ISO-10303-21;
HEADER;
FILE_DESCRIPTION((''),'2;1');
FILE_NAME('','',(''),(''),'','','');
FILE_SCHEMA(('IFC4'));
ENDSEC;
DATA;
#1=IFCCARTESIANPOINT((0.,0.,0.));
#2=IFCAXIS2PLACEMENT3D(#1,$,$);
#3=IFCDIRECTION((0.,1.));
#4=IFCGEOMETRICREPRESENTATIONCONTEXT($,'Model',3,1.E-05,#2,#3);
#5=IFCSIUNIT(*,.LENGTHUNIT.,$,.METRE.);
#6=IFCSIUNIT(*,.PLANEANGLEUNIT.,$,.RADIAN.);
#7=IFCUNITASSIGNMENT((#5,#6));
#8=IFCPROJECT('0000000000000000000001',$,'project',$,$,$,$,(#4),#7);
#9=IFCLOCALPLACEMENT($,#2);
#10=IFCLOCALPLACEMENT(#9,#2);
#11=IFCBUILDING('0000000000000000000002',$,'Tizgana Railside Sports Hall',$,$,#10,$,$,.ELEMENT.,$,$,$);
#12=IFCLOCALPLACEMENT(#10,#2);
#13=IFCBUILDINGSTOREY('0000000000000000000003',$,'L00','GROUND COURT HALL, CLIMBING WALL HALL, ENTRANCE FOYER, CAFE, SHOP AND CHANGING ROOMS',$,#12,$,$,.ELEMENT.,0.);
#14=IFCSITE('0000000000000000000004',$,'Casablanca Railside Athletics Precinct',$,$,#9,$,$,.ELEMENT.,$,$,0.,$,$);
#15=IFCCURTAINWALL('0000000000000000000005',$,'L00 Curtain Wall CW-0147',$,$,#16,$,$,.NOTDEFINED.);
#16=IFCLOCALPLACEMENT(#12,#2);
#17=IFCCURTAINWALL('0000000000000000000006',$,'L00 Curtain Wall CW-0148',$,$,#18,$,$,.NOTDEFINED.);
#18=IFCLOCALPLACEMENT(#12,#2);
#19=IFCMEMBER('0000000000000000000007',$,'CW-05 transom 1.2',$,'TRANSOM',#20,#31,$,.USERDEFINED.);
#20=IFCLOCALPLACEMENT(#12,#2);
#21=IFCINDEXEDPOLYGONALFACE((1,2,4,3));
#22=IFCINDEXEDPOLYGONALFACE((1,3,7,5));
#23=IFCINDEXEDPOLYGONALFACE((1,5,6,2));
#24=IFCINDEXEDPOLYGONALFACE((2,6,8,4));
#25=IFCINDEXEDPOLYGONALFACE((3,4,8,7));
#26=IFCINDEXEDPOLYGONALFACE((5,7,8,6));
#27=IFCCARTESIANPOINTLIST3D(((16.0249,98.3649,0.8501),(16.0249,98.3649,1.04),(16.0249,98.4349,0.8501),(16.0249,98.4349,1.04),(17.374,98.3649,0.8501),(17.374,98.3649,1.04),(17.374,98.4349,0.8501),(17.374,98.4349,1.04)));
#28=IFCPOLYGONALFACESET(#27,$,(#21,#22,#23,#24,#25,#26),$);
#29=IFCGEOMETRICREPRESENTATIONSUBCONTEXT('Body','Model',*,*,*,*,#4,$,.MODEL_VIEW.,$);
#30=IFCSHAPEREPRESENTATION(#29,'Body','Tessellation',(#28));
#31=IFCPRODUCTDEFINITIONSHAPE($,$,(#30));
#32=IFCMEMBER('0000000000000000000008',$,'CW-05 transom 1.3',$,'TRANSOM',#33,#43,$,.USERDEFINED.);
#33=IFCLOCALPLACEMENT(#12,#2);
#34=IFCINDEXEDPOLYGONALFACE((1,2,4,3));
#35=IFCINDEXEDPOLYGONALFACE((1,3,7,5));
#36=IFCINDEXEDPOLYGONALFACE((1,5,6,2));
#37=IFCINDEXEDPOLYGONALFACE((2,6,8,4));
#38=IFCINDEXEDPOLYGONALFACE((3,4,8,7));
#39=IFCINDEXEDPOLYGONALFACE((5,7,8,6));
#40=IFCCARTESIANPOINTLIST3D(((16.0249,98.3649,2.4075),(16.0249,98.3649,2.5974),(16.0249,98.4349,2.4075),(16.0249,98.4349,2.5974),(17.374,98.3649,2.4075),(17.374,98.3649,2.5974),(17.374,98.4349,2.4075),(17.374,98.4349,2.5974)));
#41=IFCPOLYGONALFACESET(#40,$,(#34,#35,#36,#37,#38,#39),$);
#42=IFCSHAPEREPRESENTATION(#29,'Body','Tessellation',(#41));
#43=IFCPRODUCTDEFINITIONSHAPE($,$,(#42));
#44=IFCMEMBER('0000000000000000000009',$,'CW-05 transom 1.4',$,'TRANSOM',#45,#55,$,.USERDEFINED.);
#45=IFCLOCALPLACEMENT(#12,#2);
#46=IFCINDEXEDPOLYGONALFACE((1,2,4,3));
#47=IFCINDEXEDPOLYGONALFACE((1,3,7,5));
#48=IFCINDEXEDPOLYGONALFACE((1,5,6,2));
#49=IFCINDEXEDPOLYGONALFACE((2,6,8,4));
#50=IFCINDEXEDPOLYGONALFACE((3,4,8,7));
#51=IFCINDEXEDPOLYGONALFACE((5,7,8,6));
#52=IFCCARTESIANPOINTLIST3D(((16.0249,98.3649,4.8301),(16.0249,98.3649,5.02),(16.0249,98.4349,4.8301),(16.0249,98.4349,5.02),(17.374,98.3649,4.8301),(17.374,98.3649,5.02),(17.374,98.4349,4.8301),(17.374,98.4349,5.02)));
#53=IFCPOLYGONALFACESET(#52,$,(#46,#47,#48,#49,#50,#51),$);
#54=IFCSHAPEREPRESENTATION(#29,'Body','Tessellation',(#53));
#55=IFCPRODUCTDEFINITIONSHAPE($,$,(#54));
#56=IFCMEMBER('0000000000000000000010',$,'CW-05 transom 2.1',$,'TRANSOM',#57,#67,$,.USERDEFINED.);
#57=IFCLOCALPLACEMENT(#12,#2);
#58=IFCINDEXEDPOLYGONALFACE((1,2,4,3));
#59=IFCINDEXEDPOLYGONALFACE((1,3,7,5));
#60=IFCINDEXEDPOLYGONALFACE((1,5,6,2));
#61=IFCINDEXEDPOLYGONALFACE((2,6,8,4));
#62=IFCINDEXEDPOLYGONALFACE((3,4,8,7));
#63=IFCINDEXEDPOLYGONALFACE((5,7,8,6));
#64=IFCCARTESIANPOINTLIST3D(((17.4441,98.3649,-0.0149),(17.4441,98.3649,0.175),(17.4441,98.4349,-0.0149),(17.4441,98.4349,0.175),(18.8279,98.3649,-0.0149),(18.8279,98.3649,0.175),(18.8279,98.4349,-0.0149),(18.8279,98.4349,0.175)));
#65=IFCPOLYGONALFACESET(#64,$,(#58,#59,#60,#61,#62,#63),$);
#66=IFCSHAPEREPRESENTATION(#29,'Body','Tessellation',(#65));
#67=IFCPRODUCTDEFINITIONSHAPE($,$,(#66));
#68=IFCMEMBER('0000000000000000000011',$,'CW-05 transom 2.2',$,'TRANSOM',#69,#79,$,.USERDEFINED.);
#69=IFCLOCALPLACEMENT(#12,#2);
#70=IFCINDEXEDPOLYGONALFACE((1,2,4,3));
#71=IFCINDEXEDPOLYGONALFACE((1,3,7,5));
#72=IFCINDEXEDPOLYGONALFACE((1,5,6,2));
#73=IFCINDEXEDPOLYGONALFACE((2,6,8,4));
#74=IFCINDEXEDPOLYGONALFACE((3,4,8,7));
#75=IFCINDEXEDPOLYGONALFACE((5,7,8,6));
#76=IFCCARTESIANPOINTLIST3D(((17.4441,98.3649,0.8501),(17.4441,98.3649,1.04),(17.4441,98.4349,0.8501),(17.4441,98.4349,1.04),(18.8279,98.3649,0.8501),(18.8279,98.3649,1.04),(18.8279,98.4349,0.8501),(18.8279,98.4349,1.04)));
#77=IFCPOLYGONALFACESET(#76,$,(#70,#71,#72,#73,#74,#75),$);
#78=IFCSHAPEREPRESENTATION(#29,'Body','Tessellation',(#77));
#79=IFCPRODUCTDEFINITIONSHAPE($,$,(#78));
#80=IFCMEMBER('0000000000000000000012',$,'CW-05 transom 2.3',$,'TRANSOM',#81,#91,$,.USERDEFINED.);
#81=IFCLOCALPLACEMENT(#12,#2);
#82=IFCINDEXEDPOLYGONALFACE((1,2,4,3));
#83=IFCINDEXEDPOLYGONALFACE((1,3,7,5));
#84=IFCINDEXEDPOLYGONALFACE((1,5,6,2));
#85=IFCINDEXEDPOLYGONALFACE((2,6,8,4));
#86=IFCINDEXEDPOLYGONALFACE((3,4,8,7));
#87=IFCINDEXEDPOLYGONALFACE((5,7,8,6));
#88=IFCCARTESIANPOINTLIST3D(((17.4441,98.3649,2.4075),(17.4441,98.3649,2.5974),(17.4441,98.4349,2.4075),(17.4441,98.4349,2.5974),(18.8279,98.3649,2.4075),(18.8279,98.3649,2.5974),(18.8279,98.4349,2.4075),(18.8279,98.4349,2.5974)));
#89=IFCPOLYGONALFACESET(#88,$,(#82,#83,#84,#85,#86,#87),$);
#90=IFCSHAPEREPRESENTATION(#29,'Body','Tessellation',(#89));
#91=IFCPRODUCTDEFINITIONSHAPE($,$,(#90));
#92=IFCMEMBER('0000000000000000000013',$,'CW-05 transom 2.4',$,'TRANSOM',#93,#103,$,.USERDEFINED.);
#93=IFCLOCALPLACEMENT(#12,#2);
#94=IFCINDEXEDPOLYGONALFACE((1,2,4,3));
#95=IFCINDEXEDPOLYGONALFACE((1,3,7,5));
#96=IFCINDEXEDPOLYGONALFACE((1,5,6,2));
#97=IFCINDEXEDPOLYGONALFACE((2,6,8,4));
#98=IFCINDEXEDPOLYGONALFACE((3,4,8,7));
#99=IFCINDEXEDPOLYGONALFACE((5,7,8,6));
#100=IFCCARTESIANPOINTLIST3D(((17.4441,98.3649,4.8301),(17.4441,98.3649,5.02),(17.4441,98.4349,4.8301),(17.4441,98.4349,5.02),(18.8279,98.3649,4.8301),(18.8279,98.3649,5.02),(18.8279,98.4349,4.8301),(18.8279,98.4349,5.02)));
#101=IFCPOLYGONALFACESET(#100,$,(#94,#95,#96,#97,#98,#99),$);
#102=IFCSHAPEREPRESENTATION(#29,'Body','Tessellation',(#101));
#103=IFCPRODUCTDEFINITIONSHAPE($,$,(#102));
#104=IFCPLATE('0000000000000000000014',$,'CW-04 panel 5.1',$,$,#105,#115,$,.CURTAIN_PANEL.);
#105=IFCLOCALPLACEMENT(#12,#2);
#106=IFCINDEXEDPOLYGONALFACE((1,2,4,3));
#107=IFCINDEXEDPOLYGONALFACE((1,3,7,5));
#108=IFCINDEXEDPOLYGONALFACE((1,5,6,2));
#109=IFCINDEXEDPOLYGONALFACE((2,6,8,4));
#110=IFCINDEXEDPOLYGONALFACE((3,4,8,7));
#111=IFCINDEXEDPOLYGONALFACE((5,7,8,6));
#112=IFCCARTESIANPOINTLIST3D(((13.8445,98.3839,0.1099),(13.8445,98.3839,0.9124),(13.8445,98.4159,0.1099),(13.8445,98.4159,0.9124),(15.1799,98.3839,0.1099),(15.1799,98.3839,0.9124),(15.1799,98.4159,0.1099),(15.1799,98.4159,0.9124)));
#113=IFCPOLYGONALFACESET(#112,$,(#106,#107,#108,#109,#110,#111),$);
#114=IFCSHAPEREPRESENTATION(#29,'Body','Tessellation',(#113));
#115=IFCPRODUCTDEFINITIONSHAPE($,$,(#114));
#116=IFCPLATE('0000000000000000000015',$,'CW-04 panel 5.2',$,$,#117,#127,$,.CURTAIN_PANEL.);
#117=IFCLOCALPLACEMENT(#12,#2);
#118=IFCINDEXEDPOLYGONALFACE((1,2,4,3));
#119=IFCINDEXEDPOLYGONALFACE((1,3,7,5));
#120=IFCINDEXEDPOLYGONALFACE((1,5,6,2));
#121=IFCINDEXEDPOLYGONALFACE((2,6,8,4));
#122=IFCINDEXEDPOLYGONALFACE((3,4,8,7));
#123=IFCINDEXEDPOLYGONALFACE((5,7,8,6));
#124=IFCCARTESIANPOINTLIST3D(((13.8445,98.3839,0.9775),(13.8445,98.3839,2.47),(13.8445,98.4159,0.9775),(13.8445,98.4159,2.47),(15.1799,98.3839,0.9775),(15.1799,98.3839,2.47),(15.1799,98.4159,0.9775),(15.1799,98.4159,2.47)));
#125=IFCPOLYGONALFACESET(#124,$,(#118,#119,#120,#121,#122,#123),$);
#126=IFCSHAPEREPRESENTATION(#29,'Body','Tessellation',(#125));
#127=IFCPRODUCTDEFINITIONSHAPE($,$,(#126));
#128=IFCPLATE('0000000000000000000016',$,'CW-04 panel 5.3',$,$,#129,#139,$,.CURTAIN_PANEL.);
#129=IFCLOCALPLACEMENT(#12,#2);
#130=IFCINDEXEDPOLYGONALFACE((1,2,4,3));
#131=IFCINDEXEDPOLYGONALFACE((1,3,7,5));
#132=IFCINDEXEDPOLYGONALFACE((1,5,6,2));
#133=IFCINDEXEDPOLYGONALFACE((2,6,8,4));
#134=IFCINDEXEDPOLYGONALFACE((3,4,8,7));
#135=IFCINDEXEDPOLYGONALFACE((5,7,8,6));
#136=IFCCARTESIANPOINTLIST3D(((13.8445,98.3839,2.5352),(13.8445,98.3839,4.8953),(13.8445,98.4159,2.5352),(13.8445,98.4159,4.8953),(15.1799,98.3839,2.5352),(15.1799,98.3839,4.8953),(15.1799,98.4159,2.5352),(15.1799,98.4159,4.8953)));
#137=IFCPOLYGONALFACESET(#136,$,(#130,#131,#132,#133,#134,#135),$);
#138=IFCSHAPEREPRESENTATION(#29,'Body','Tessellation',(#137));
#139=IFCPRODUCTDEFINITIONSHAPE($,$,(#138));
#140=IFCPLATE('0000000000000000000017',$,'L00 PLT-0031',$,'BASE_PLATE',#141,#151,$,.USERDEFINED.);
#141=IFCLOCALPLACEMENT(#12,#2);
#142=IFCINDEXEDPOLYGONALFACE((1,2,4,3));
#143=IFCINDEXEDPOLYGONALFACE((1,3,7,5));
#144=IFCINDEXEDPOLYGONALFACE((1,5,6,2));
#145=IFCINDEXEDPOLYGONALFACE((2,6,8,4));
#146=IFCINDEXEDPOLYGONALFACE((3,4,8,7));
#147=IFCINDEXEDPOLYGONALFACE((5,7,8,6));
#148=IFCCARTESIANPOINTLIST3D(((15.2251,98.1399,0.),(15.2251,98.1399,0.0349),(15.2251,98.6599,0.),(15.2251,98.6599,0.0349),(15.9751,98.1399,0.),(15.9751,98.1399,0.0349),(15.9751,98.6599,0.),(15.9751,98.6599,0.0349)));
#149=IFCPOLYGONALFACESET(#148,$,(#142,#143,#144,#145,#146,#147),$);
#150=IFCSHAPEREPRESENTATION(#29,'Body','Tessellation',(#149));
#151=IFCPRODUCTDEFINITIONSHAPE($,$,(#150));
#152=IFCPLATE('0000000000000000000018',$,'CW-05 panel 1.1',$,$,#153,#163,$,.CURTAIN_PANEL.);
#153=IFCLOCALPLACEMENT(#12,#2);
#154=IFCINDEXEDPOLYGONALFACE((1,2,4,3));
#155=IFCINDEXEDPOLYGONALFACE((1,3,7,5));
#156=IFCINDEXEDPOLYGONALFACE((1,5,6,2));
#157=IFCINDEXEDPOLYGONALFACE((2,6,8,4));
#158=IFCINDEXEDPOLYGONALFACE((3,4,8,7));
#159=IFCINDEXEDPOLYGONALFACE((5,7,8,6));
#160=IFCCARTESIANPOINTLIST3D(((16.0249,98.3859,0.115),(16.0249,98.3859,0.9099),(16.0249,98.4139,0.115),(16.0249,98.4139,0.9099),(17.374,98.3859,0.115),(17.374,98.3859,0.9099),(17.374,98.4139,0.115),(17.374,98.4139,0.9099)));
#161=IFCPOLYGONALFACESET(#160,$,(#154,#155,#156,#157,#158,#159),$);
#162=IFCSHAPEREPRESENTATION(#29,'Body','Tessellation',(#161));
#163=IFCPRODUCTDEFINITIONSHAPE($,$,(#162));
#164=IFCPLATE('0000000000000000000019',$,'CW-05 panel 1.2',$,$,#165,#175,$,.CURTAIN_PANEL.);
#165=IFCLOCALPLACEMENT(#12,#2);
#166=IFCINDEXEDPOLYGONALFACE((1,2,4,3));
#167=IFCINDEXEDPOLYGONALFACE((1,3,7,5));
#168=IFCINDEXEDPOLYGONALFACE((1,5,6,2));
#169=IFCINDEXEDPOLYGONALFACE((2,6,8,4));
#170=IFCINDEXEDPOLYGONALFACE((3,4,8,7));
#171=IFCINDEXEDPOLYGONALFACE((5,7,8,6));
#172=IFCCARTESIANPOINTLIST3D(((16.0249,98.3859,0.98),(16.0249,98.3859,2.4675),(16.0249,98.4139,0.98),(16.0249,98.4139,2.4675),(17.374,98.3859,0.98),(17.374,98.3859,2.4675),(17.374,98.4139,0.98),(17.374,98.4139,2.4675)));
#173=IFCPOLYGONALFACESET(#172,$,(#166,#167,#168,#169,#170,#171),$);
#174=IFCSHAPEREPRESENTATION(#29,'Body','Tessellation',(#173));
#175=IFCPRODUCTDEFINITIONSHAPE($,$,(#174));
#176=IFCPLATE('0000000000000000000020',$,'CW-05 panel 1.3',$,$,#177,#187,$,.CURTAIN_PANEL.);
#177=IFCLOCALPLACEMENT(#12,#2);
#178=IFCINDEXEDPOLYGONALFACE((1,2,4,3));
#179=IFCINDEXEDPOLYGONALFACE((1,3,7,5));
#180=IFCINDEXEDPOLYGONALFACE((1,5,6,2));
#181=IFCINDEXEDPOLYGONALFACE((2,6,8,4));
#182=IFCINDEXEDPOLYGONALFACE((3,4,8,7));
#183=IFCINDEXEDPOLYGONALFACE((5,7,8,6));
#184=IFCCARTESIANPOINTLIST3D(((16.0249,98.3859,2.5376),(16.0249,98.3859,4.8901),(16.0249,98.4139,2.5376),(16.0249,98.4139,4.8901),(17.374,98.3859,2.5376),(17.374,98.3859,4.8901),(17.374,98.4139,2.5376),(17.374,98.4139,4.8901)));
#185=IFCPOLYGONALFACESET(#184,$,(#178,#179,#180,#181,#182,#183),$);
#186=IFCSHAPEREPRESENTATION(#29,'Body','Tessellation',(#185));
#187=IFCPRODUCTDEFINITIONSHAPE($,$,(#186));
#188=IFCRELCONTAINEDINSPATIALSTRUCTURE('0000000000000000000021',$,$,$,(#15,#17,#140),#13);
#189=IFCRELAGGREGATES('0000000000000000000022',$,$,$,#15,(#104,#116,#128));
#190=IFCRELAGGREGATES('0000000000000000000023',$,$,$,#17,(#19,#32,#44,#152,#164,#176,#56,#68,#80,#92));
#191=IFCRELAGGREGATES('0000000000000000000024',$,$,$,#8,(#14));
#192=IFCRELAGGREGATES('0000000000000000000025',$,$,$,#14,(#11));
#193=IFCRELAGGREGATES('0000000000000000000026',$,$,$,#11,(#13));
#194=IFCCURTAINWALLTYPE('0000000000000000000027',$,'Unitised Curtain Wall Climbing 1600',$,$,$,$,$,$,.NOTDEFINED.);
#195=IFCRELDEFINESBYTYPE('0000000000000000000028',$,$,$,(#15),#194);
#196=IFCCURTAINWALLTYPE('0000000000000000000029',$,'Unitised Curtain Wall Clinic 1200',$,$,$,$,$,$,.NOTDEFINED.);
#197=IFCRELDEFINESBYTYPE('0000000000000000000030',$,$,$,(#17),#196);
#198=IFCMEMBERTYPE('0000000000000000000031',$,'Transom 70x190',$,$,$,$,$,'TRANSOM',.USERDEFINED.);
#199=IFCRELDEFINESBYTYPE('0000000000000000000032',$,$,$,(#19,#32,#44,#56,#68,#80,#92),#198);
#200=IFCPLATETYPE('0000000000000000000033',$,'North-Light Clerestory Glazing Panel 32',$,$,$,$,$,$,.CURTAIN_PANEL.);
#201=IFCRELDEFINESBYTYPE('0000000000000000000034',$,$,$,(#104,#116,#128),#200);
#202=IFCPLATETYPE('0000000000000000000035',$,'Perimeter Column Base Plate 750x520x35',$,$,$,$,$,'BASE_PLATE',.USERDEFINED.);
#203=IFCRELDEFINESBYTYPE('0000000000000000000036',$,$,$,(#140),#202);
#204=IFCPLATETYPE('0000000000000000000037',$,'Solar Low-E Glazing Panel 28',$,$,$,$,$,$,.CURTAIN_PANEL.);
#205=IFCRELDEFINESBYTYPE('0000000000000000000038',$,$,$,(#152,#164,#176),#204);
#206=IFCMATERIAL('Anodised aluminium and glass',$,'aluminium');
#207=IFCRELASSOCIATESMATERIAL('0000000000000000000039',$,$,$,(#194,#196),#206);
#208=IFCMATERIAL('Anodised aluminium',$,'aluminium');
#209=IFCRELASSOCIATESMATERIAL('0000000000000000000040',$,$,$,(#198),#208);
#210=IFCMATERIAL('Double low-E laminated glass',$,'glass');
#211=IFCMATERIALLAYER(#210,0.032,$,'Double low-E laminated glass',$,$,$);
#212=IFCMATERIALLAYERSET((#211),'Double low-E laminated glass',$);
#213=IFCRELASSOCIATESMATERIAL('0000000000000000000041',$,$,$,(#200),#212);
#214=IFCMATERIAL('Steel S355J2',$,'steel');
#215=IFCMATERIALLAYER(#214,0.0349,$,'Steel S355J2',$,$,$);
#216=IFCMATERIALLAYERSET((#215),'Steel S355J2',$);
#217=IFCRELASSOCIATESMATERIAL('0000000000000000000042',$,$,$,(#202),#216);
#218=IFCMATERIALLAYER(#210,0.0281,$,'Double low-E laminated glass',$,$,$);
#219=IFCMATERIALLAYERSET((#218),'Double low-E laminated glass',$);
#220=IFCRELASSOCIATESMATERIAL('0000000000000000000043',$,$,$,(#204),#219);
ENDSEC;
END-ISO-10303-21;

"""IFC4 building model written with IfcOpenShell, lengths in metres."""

from ifc_helpers import new_model, si_unit, direction, frame, origin, origin_2d, place, context, subcontext, project, spatial, rectangle, extrude, material, layer, layer_set, material_profile, profile_set, type_object, element, aggregate, save


model = new_model("IFC4")

# Units and contexts
model_context = context("Model", 3, precision=1e-05, world=origin(), true_north=direction((0.0, 1.0)))
body_context = subcontext(model_context, "Body", "Model", "MODEL_VIEW")
ifc_project = project(units=[si_unit("LENGTHUNIT", "METRE"), si_unit("PLANEANGLEUNIT", "RADIAN")], contexts=[model_context])

# Site, building, storey
site_placement = place(None, origin())
site = spatial("IfcSite", under=ifc_project, at=site_placement, Name="Casablanca Railside Athletics Precinct", CompositionType="ELEMENT", RefElevation=0.0)
building_placement = place(site_placement, origin())
building = spatial("IfcBuilding", under=site, at=building_placement, Name="Tizgana Railside Sports Hall", CompositionType="ELEMENT")
storey_placement = place(building_placement, origin())
storey = spatial("IfcBuildingStorey", under=building, at=storey_placement, Name="L00", Description="GROUND COURT HALL, CLIMBING WALL HALL, ENTRANCE FOYER, CAFE, SHOP AND CHANGING ROOMS", CompositionType="ELEMENT", Elevation=0.0)

# Curtain walls
ifc_material_1 = material(Name="Anodised aluminium and glass", Category="aluminium")
curtain_wall_type_1 = type_object("IfcCurtainWallType", Name="Unitised Curtain Wall Climbing 1600", PredefinedType="NOTDEFINED", material=ifc_material_1)
curtain_wall_1_placement = place(storey_placement, origin())
curtain_wall_1 = element("IfcCurtainWall", 1, at=curtain_wall_1_placement, inside=storey, type_object=curtain_wall_type_1, Name="L00 Curtain Wall CW-0147", PredefinedType="NOTDEFINED")
ifc_material_2 = material(Name="Anodised aluminium", Category="aluminium")
curtain_wall_type_2 = type_object("IfcCurtainWallType", Name="Unitised Curtain Wall Clinic 1200", PredefinedType="NOTDEFINED", material=ifc_material_1)
curtain_wall_2_placement = place(storey_placement, origin())
curtain_wall_2 = element("IfcCurtainWall", 2, at=curtain_wall_2_placement, inside=storey, type_object=curtain_wall_type_2, Name="L00 Curtain Wall CW-0148", PredefinedType="NOTDEFINED")

# Shared definitions
ifc_material_3 = material(Name="Steel S355J2", Category="steel")

# Members
ifc_material_profile_1 = material_profile(ifc_material_2, rectangle(XDim=0.0701, YDim=0.1899, at=origin_2d()), Name="Transom 70x190")
ifc_profile_set_1 = profile_set([ifc_material_profile_1], Name="Anodised aluminium")
member_type_1 = type_object("IfcMemberType", Name="Transom 70x190", ElementType="TRANSOM", PredefinedType="USERDEFINED", material=ifc_profile_set_1)
member_1_placement = place(storey_placement, frame((16.0249, 98.3999, 0.9451), z_axis=(1.0, 0.0, 0.0), x_axis=(0.0, 1.0, 0.0)))
member_1 = element("IfcMember", 3, at=member_1_placement, type_object=member_type_1, Name="CW-05 transom 1.2", ObjectType="TRANSOM", PredefinedType="USERDEFINED", context=body_context, shape_type="SweptSolid", body=[
    extrude(rectangle(XDim=0.0701, YDim=0.1899, at=origin_2d()), origin(), (0.0, 0.0, 1.0), 1.3491),
])
member_2_placement = place(storey_placement, frame((16.0249, 98.3999, 2.5024), z_axis=(1.0, 0.0, 0.0), x_axis=(0.0, 1.0, 0.0)))
member_2 = element("IfcMember", 4, at=member_2_placement, type_object=member_type_1, Name="CW-05 transom 1.3", ObjectType="TRANSOM", PredefinedType="USERDEFINED", context=body_context, shape_type="SweptSolid", body=[
    extrude(rectangle(XDim=0.0701, YDim=0.1899, at=origin_2d()), origin(), (0.0, 0.0, 1.0), 1.3491),
])
member_3_placement = place(storey_placement, frame((16.0249, 98.3999, 4.925), z_axis=(1.0, 0.0, 0.0), x_axis=(0.0, 1.0, 0.0)))
member_3 = element("IfcMember", 5, at=member_3_placement, type_object=member_type_1, Name="CW-05 transom 1.4", ObjectType="TRANSOM", PredefinedType="USERDEFINED", context=body_context, shape_type="SweptSolid", body=[
    extrude(rectangle(XDim=0.0701, YDim=0.1899, at=origin_2d()), origin(), (0.0, 0.0, 1.0), 1.3491),
])
member_4_placement = place(storey_placement, frame((17.4441, 98.3999, 0.0801), z_axis=(1.0, 0.0, 0.0), x_axis=(0.0, 1.0, 0.0)))
member_4 = element("IfcMember", 6, at=member_4_placement, type_object=member_type_1, Name="CW-05 transom 2.1", ObjectType="TRANSOM", PredefinedType="USERDEFINED", context=body_context, shape_type="SweptSolid", body=[
    extrude(rectangle(XDim=0.0701, YDim=0.1899, at=origin_2d()), origin(), (0.0, 0.0, 1.0), 1.3838),
])
member_5_placement = place(storey_placement, frame((17.4441, 98.3999, 0.9451), z_axis=(1.0, 0.0, 0.0), x_axis=(0.0, 1.0, 0.0)))
member_5 = element("IfcMember", 7, at=member_5_placement, type_object=member_type_1, Name="CW-05 transom 2.2", ObjectType="TRANSOM", PredefinedType="USERDEFINED", context=body_context, shape_type="SweptSolid", body=[
    extrude(rectangle(XDim=0.0701, YDim=0.1899, at=origin_2d()), origin(), (0.0, 0.0, 1.0), 1.3838),
])
member_6_placement = place(storey_placement, frame((17.4441, 98.3999, 2.5024), z_axis=(1.0, 0.0, 0.0), x_axis=(0.0, 1.0, 0.0)))
member_6 = element("IfcMember", 8, at=member_6_placement, type_object=member_type_1, Name="CW-05 transom 2.3", ObjectType="TRANSOM", PredefinedType="USERDEFINED", context=body_context, shape_type="SweptSolid", body=[
    extrude(rectangle(XDim=0.0701, YDim=0.1899, at=origin_2d()), origin(), (0.0, 0.0, 1.0), 1.3838),
])
member_7_placement = place(storey_placement, frame((17.4441, 98.3999, 4.925), z_axis=(1.0, 0.0, 0.0), x_axis=(0.0, 1.0, 0.0)))
member_7 = element("IfcMember", 9, at=member_7_placement, type_object=member_type_1, Name="CW-05 transom 2.4", ObjectType="TRANSOM", PredefinedType="USERDEFINED", context=body_context, shape_type="SweptSolid", body=[
    extrude(rectangle(XDim=0.0701, YDim=0.1899, at=origin_2d()), origin(), (0.0, 0.0, 1.0), 1.3838),
])

# Plates
ifc_material_4 = material(Name="Double low-E laminated glass", Category="glass")
ifc_layer_1 = layer(ifc_material_4, 0.032, Name="Double low-E laminated glass")
ifc_layer_set_1 = layer_set([ifc_layer_1], Name="Double low-E laminated glass")
plate_type_1 = type_object("IfcPlateType", Name="North-Light Clerestory Glazing Panel 32", PredefinedType="CURTAIN_PANEL", material=ifc_layer_set_1)
plate_1_placement = place(storey_placement, frame((14.5122, 98.3999, 0.1099), z_axis=(0.0, 0.0, 1.0), x_axis=(1.0, 0.0, 0.0)))
plate_1 = element("IfcPlate", 10, at=plate_1_placement, type_object=plate_type_1, Name="CW-04 panel 5.1", PredefinedType="CURTAIN_PANEL", context=body_context, shape_type="SweptSolid", body=[
    extrude(rectangle(XDim=1.3354, YDim=0.032, at=origin_2d()), origin(), (0.0, 0.0, 1.0), 0.8025),
])
plate_2_placement = place(storey_placement, frame((14.5122, 98.3999, 0.9775), z_axis=(0.0, 0.0, 1.0), x_axis=(1.0, 0.0, 0.0)))
plate_2 = element("IfcPlate", 11, at=plate_2_placement, type_object=plate_type_1, Name="CW-04 panel 5.2", PredefinedType="CURTAIN_PANEL", context=body_context, shape_type="SweptSolid", body=[
    extrude(rectangle(XDim=1.3354, YDim=0.032, at=origin_2d()), origin(), (0.0, 0.0, 1.0), 1.4924),
])
plate_3_placement = place(storey_placement, frame((14.5122, 98.3999, 2.5352), z_axis=(0.0, 0.0, 1.0), x_axis=(1.0, 0.0, 0.0)))
plate_3 = element("IfcPlate", 12, at=plate_3_placement, type_object=plate_type_1, Name="CW-04 panel 5.3", PredefinedType="CURTAIN_PANEL", context=body_context, shape_type="SweptSolid", body=[
    extrude(rectangle(XDim=1.3354, YDim=0.032, at=origin_2d()), origin(), (0.0, 0.0, 1.0), 2.3601),
])
aggregate(curtain_wall_1, [plate_1, plate_2, plate_3])
ifc_layer_2 = layer(ifc_material_3, 0.0349, Name="Steel S355J2")
ifc_layer_set_2 = layer_set([ifc_layer_2], Name="Steel S355J2")
plate_type_2 = type_object("IfcPlateType", Name="Perimeter Column Base Plate 750x520x35", ElementType="BASE_PLATE", PredefinedType="USERDEFINED", material=ifc_layer_set_2)
plate_4_placement = place(storey_placement, frame((15.6001, 98.3999, 0.0), z_axis=(0.0, 0.0, 1.0), x_axis=(1.0, 0.0, 0.0)))
element("IfcPlate", 13, at=plate_4_placement, inside=storey, type_object=plate_type_2, Name="L00 PLT-0031", ObjectType="BASE_PLATE", PredefinedType="USERDEFINED", context=body_context, shape_type="SweptSolid", body=[
    extrude(rectangle(XDim=0.75, YDim=0.52, at=origin_2d()), origin(), (0.0, 0.0, 1.0), 0.0349),
])
ifc_layer_3 = layer(ifc_material_4, 0.0281, Name="Double low-E laminated glass")
ifc_layer_set_3 = layer_set([ifc_layer_3], Name="Double low-E laminated glass")
plate_type_3 = type_object("IfcPlateType", Name="Solar Low-E Glazing Panel 28", PredefinedType="CURTAIN_PANEL", material=ifc_layer_set_3)
plate_5_placement = place(storey_placement, frame((16.6995, 98.3999, 0.115), z_axis=(0.0, 0.0, 1.0), x_axis=(1.0, 0.0, 0.0)))
plate_5 = element("IfcPlate", 14, at=plate_5_placement, type_object=plate_type_3, Name="CW-05 panel 1.1", PredefinedType="CURTAIN_PANEL", context=body_context, shape_type="SweptSolid", body=[
    extrude(rectangle(XDim=1.3491, YDim=0.0281, at=origin_2d()), origin(), (0.0, 0.0, 1.0), 0.7949),
])
plate_6_placement = place(storey_placement, frame((16.6995, 98.3999, 0.98), z_axis=(0.0, 0.0, 1.0), x_axis=(1.0, 0.0, 0.0)))
plate_6 = element("IfcPlate", 15, at=plate_6_placement, type_object=plate_type_3, Name="CW-05 panel 1.2", PredefinedType="CURTAIN_PANEL", context=body_context, shape_type="SweptSolid", body=[
    extrude(rectangle(XDim=1.3491, YDim=0.0281, at=origin_2d()), origin(), (0.0, 0.0, 1.0), 1.4875),
])
plate_7_placement = place(storey_placement, frame((16.6995, 98.3999, 2.5376), z_axis=(0.0, 0.0, 1.0), x_axis=(1.0, 0.0, 0.0)))
plate_7 = element("IfcPlate", 16, at=plate_7_placement, type_object=plate_type_3, Name="CW-05 panel 1.3", PredefinedType="CURTAIN_PANEL", context=body_context, shape_type="SweptSolid", body=[
    extrude(rectangle(XDim=1.3491, YDim=0.0281, at=origin_2d()), origin(), (0.0, 0.0, 1.0), 2.3525),
])
aggregate(curtain_wall_2, [member_1, member_2, member_3, plate_5, plate_6, plate_7, member_4, member_5, member_6, member_7])

save(model, "model.ifc")
